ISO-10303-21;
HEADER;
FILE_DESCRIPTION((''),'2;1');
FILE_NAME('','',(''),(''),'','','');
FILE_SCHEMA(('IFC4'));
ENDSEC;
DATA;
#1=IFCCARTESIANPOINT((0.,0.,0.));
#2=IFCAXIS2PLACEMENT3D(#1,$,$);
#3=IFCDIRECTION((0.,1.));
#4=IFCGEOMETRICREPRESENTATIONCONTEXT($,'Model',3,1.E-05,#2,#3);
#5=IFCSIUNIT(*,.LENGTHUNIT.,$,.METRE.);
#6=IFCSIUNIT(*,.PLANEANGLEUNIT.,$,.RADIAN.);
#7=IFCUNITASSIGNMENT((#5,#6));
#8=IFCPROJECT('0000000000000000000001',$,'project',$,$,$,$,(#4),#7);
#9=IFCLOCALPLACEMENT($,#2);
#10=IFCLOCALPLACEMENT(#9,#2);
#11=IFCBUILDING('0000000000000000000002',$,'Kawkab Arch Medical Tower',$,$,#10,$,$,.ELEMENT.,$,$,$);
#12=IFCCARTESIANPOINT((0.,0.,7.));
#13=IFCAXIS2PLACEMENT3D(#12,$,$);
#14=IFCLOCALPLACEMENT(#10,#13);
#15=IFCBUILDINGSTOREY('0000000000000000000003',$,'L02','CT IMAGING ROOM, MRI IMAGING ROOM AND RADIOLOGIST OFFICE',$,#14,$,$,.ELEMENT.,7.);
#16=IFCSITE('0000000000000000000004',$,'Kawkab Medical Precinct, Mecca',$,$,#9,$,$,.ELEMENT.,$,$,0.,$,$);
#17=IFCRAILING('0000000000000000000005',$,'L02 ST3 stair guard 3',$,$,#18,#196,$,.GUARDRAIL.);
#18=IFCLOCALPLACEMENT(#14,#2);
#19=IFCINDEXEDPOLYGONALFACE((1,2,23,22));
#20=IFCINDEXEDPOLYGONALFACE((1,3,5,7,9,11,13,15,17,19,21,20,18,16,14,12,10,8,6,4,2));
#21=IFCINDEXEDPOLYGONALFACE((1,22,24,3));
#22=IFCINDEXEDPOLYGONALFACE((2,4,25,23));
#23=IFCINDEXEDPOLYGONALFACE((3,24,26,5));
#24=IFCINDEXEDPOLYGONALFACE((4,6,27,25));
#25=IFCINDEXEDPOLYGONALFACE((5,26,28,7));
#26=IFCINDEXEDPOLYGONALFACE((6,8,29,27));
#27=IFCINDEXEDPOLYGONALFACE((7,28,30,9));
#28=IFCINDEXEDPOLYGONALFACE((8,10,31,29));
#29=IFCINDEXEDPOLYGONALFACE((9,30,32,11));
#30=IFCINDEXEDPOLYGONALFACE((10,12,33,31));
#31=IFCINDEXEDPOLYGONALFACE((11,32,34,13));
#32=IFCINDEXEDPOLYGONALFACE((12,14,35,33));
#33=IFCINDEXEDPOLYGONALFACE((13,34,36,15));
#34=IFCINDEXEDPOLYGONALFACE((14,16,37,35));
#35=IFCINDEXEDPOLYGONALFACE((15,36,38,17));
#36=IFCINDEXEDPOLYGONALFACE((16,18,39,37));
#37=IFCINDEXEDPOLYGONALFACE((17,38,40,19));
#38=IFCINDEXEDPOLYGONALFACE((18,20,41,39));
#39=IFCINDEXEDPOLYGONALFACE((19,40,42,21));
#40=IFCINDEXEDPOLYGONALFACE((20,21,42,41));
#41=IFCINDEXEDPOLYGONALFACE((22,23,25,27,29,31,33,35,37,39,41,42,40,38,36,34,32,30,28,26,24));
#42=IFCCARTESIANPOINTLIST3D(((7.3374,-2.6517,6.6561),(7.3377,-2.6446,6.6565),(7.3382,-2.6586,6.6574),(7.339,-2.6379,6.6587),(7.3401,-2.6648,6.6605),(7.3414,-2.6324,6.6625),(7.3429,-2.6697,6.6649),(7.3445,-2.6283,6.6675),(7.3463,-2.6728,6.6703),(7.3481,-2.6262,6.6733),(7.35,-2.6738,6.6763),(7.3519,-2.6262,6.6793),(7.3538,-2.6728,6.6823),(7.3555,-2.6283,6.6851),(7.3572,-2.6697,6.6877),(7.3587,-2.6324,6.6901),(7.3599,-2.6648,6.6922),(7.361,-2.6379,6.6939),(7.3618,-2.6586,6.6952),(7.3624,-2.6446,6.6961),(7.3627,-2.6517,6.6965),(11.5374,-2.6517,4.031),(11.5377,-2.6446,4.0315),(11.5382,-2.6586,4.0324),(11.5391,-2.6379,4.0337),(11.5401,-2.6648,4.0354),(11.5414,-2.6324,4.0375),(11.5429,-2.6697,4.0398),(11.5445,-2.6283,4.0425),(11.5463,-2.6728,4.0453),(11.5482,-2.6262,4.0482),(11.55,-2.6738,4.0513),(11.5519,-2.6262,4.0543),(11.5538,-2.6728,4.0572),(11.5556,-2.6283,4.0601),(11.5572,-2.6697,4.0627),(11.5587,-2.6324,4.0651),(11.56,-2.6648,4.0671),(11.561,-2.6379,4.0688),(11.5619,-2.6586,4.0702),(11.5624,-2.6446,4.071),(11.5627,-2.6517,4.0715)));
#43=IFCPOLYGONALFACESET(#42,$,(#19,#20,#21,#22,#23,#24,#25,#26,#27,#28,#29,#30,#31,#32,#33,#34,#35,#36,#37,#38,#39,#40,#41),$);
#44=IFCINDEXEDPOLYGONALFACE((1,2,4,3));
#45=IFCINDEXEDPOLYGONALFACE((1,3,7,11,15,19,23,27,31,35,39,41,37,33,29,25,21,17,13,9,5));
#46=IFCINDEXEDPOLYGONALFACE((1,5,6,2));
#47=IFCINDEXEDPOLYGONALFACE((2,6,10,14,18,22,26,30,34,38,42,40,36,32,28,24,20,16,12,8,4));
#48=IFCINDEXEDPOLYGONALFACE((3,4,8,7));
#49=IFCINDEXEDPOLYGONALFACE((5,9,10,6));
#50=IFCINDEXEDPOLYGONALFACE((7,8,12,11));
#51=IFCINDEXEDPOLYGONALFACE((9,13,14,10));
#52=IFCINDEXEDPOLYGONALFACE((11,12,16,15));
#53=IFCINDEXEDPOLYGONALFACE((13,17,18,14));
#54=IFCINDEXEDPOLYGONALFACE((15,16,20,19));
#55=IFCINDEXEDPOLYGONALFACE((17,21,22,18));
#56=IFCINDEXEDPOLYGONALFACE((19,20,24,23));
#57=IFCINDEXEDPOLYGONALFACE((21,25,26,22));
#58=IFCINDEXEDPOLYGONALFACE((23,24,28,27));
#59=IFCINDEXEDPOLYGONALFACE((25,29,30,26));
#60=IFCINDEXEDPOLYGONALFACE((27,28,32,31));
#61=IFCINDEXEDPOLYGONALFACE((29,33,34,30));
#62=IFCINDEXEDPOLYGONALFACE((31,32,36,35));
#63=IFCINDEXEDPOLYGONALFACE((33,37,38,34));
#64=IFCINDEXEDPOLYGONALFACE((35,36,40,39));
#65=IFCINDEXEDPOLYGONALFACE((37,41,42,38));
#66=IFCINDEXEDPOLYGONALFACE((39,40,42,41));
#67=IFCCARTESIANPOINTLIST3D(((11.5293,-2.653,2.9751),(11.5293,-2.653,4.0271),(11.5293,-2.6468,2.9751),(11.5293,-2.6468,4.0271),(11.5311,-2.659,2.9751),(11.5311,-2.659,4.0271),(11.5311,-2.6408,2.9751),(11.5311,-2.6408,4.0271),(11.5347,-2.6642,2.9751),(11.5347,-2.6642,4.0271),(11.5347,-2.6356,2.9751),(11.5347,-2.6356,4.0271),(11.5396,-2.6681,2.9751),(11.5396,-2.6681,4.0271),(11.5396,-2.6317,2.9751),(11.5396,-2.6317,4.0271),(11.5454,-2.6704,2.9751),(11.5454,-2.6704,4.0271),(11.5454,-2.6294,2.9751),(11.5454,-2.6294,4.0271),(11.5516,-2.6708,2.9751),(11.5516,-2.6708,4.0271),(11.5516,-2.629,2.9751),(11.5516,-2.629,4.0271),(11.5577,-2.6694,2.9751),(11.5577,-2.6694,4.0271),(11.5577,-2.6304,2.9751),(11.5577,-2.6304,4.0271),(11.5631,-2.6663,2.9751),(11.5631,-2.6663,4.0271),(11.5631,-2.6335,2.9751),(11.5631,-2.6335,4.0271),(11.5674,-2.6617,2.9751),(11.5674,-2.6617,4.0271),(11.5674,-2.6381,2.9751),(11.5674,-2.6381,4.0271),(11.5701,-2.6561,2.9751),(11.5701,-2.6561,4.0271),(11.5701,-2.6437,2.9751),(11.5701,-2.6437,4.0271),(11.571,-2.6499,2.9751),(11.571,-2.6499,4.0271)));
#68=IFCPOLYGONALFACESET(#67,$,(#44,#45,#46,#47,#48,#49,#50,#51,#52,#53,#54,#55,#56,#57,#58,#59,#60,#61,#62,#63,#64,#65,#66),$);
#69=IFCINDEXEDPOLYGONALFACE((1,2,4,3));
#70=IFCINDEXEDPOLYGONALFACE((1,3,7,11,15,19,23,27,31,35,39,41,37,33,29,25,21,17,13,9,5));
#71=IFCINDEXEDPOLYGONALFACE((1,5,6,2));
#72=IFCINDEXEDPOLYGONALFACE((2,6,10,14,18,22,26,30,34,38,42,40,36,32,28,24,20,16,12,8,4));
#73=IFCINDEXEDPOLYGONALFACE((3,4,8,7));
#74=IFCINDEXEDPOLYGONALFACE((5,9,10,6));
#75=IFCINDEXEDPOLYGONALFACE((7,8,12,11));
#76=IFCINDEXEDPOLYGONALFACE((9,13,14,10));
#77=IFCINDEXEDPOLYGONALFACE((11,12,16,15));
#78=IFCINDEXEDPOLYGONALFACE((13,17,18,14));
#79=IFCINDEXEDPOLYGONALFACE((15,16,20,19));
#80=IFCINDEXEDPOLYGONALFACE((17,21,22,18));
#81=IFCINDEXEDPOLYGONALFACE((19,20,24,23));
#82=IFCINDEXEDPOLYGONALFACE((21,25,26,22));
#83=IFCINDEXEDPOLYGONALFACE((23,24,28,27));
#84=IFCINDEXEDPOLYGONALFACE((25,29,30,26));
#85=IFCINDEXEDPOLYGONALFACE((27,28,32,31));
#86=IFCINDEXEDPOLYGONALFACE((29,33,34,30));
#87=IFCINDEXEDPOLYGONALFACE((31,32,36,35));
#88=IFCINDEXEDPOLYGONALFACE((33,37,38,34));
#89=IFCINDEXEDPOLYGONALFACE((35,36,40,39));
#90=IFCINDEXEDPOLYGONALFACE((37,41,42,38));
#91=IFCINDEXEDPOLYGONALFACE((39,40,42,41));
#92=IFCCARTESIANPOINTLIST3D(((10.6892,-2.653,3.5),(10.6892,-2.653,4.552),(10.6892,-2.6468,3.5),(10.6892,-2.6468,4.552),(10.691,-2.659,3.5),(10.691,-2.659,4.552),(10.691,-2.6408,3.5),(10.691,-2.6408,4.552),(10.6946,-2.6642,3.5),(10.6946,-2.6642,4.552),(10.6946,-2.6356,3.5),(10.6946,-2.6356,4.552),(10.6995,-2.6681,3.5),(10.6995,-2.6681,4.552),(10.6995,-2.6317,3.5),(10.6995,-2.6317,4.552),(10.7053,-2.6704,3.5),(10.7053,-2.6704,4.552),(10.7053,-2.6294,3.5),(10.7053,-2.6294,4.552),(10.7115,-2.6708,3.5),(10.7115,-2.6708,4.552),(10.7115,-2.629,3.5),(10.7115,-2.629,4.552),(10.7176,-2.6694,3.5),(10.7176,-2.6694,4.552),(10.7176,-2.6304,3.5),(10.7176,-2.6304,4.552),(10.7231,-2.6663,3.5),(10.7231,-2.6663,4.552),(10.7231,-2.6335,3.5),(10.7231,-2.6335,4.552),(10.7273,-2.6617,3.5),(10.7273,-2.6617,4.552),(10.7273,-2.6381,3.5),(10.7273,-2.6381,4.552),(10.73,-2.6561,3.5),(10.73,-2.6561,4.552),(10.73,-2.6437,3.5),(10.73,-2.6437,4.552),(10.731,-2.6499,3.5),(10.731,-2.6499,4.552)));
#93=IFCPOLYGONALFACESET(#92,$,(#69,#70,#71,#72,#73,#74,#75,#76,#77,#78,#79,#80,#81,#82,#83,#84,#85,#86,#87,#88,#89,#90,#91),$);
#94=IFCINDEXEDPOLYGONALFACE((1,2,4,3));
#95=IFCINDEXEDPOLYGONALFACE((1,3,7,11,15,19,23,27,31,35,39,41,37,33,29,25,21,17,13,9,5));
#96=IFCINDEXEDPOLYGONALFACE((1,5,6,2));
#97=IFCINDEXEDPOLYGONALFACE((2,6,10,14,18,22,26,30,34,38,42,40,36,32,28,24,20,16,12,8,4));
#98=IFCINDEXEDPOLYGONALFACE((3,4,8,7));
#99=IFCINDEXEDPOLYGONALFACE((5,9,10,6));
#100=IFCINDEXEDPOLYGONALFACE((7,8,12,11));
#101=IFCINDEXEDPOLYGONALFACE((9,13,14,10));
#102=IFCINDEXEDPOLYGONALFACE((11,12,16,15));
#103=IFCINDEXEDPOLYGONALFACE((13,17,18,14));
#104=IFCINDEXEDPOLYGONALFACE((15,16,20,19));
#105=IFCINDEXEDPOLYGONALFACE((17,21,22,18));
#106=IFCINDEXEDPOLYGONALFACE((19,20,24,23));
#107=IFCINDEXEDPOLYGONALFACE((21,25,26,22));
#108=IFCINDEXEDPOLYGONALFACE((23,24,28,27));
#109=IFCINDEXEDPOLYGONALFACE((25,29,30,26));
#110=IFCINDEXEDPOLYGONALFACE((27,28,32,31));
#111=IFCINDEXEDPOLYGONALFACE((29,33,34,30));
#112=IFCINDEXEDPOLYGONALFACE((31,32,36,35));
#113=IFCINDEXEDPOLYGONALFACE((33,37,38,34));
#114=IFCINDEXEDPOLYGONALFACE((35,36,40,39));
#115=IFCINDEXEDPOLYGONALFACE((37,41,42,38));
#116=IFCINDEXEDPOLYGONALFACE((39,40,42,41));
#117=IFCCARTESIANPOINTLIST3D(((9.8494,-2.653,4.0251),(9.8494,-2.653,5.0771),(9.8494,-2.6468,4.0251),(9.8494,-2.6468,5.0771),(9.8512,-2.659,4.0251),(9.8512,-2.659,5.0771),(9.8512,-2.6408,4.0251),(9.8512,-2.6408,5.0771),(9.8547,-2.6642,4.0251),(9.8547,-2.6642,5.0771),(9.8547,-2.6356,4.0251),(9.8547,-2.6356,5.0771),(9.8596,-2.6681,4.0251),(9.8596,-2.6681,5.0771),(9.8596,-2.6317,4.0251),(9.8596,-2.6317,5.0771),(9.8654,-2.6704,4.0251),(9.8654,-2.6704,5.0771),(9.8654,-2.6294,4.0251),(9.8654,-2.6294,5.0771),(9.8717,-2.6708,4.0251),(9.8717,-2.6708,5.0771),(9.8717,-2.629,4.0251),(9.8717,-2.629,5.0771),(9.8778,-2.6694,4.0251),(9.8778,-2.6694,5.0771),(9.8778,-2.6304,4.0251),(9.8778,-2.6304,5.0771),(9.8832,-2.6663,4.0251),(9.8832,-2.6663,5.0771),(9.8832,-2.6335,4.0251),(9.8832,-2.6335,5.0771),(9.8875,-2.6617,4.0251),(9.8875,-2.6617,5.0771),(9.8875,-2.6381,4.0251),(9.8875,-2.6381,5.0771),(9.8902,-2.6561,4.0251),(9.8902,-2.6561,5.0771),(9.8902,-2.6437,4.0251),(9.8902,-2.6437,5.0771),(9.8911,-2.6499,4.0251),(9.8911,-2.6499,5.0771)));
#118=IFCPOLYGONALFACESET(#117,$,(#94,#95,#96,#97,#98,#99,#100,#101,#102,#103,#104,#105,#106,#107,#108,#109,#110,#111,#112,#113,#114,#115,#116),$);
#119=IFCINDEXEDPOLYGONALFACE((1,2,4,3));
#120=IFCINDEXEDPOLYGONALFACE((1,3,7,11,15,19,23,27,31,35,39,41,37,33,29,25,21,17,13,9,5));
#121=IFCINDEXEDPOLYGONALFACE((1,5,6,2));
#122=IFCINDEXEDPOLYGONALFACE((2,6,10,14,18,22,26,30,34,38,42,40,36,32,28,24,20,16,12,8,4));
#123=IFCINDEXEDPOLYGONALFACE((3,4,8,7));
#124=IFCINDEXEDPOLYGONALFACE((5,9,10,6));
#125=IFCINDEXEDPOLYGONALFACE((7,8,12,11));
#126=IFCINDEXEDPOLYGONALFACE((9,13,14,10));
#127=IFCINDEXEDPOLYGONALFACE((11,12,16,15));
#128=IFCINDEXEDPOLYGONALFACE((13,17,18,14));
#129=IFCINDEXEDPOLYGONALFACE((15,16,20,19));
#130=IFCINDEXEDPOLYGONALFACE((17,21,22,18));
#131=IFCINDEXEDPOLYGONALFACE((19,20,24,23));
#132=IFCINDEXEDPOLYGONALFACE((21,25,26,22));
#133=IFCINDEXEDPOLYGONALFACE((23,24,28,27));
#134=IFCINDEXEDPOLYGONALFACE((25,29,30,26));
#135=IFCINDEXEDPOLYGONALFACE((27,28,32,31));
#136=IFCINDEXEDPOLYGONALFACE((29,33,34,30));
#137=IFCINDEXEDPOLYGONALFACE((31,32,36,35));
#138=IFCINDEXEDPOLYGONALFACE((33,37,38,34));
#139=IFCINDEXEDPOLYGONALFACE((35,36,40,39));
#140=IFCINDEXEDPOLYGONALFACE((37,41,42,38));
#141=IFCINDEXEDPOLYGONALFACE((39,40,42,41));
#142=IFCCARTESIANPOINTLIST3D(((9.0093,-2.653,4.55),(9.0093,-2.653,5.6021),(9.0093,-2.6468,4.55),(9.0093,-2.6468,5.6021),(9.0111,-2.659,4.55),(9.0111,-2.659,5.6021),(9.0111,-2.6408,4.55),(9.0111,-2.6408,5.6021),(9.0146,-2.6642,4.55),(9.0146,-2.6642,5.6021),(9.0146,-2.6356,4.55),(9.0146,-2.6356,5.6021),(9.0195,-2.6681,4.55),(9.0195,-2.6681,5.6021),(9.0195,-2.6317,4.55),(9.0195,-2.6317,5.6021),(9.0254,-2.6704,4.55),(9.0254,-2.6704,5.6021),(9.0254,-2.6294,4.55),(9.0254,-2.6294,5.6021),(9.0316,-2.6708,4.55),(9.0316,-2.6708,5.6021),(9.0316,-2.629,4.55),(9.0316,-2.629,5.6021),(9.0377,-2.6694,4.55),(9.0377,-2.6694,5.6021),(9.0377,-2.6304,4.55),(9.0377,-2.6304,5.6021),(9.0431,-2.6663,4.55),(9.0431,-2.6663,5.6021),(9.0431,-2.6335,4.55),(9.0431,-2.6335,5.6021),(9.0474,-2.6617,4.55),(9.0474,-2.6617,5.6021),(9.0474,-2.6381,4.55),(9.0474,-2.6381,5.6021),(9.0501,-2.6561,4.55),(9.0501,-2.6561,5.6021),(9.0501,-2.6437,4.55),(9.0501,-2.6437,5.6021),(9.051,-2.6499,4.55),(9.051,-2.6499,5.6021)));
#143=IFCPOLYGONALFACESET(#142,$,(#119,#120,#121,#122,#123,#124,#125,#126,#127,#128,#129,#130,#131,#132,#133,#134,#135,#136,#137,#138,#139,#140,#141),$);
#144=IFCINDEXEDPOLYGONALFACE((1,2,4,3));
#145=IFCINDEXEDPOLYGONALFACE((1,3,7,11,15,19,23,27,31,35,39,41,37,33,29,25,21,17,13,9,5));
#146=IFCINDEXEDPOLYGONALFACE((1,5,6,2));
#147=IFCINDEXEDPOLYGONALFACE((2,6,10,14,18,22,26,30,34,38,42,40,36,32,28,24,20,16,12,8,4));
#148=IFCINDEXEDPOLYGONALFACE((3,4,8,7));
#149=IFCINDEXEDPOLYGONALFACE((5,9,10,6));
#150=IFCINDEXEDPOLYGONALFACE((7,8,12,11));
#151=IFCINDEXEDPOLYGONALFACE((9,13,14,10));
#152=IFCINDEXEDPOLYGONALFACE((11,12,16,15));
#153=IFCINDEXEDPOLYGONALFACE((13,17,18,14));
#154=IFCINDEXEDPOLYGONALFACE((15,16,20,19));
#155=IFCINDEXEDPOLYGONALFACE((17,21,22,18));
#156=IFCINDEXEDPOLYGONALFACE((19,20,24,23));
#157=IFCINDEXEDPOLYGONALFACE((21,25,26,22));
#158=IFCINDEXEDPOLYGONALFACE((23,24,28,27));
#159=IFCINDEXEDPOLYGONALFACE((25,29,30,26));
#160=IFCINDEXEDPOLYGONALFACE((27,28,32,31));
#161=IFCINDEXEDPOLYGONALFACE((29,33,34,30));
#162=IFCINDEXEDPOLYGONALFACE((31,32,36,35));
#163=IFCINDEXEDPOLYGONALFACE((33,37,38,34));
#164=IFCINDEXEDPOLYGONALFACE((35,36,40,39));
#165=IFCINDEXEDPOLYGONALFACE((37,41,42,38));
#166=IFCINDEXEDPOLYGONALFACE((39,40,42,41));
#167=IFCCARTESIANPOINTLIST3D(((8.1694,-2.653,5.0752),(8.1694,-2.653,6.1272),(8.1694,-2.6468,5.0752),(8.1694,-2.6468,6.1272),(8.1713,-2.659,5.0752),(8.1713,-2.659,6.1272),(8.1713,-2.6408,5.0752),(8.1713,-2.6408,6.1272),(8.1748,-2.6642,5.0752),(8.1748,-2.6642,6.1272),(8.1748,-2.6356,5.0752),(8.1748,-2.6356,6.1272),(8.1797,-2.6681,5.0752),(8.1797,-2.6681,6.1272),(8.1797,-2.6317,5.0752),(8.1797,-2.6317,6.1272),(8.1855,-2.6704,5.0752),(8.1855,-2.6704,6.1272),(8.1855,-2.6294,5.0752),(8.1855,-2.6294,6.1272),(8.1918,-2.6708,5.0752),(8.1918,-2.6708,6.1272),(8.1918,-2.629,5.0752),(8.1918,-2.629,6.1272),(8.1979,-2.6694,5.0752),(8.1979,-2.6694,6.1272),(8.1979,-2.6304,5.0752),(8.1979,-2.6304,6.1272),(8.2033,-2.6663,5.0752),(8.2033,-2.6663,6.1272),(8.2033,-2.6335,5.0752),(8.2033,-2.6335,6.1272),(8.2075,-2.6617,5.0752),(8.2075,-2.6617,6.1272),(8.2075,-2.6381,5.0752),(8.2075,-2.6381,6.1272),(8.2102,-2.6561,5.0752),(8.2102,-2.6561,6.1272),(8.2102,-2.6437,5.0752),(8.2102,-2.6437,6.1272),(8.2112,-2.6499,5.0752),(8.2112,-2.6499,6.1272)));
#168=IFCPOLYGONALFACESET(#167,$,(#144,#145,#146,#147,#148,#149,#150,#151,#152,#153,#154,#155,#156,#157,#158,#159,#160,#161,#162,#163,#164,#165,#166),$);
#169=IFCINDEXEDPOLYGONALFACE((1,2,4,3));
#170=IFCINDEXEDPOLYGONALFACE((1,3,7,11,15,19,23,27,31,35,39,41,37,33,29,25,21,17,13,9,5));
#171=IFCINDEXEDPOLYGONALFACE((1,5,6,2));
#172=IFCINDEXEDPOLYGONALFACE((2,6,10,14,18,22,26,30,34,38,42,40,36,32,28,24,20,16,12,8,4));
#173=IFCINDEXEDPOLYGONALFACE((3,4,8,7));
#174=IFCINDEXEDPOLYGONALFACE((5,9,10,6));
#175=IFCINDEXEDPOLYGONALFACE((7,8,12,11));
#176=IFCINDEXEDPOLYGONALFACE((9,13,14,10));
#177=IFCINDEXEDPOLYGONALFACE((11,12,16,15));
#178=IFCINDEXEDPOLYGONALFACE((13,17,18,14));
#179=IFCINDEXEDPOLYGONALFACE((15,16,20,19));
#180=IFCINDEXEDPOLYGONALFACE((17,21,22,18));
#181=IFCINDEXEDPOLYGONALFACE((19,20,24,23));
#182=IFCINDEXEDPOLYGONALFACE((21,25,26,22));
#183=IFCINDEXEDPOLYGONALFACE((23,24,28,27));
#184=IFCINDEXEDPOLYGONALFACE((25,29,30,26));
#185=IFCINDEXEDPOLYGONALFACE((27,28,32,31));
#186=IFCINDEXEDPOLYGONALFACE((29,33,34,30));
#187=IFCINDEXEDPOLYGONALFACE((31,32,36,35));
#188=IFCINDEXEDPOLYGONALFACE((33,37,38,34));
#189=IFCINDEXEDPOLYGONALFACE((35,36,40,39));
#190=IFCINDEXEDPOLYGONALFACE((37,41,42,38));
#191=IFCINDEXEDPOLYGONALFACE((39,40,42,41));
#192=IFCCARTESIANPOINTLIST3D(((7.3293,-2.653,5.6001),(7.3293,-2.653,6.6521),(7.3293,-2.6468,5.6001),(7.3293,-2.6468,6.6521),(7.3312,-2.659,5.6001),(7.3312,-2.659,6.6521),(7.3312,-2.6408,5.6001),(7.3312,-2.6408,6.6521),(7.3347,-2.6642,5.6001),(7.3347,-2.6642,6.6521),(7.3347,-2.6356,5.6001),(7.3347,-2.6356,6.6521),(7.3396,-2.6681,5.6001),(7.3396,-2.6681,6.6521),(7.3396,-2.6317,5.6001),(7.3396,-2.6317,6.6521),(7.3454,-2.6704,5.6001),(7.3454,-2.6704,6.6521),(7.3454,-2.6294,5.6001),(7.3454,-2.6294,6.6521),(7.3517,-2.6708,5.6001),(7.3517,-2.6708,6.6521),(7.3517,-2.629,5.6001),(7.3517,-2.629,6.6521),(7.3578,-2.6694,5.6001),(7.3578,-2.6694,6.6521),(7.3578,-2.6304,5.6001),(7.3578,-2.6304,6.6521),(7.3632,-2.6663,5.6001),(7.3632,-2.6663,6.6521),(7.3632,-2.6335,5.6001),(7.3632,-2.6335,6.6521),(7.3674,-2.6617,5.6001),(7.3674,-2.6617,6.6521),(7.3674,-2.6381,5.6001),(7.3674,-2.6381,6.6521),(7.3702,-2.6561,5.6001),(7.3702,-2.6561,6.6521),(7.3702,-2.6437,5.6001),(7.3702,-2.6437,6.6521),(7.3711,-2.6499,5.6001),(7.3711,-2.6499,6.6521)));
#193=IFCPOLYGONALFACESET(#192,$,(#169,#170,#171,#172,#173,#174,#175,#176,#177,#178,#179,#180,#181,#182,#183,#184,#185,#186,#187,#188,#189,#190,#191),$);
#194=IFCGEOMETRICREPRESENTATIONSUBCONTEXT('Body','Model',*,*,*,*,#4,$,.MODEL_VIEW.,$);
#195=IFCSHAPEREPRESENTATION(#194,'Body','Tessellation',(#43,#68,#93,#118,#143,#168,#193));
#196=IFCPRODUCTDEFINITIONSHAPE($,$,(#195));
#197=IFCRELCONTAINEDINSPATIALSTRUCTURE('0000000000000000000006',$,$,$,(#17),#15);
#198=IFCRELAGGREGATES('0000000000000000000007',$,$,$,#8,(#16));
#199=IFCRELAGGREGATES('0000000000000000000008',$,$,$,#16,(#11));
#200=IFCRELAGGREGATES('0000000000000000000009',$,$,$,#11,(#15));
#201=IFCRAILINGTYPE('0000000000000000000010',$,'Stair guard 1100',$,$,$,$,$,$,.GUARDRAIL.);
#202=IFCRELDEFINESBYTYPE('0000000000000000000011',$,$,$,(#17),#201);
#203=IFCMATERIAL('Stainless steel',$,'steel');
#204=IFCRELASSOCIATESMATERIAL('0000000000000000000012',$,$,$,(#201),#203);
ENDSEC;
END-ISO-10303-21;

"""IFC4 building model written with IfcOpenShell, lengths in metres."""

from ifc_helpers import new_model, si_unit, direction, frame, origin, origin_2d, place, context, subcontext, project, spatial, circle, extrude, material, type_object, element, save


model = new_model("IFC4")

# Units and contexts
model_context = context("Model", 3, precision=1e-05, world=origin(), true_north=direction((0.0, 1.0)))
body_context = subcontext(model_context, "Body", "Model", "MODEL_VIEW")
ifc_project = project(units=[si_unit("LENGTHUNIT", "METRE"), si_unit("PLANEANGLEUNIT", "RADIAN")], contexts=[model_context])

# Site, building, storey
site_placement = place(None, origin())
site = spatial("IfcSite", under=ifc_project, at=site_placement, Name="Kawkab Medical Precinct, Mecca", CompositionType="ELEMENT", RefElevation=0.0)
building_placement = place(site_placement, origin())
building = spatial("IfcBuilding", under=site, at=building_placement, Name="Kawkab Arch Medical Tower", CompositionType="ELEMENT")
storey_placement = place(building_placement, frame((0.0, 0.0, 7.0)))
storey = spatial("IfcBuildingStorey", under=building, at=storey_placement, Name="L02", Description="CT IMAGING ROOM, MRI IMAGING ROOM AND RADIOLOGIST OFFICE", CompositionType="ELEMENT", Elevation=7.0)

# Railing
ifc_material_1 = material(Name="Stainless steel", Category="steel")
railing_type = type_object("IfcRailingType", Name="Stair guard 1100", PredefinedType="GUARDRAIL", material=ifc_material_1)
railing_1_placement = place(storey_placement, frame((11.55, -2.6499, 2.9751)))
element("IfcRailing", 1, at=railing_1_placement, inside=storey, type_object=railing_type, Name="L02 ST3 stair guard 3", PredefinedType="GUARDRAIL", context=body_context, shape_type="SweptSolid", body=[
    extrude(circle(Radius=0.0239, at=origin_2d()), frame((0.0, 0.0, 1.0762), z_axis=(-0.847996, 0.0, 0.530003), x_axis=(0.0, -1.0, 0.0)), (0.0, 0.0, 1.0), 4.9529),
    extrude(circle(Radius=0.021, at=origin_2d()), origin(), (0.0, 0.0, 1.0), 1.052),
    extrude(circle(Radius=0.021, at=origin_2d()), frame((-0.8401, 0.0, 0.5249)), (0.0, 0.0, 1.0), 1.052),
    extrude(circle(Radius=0.021, at=origin_2d()), frame((-1.6799, 0.0, 1.05)), (0.0, 0.0, 1.0), 1.052),
    extrude(circle(Radius=0.021, at=origin_2d()), frame((-2.52, 0.0, 1.575)), (0.0, 0.0, 1.0), 1.052),
    extrude(circle(Radius=0.021, at=origin_2d()), frame((-3.3599, 0.0, 2.1001)), (0.0, 0.0, 1.0), 1.052),
    extrude(circle(Radius=0.021, at=origin_2d()), frame((-4.2, 0.0, 2.625)), (0.0, 0.0, 1.0), 1.052),
])

save(model, "model.ifc")
